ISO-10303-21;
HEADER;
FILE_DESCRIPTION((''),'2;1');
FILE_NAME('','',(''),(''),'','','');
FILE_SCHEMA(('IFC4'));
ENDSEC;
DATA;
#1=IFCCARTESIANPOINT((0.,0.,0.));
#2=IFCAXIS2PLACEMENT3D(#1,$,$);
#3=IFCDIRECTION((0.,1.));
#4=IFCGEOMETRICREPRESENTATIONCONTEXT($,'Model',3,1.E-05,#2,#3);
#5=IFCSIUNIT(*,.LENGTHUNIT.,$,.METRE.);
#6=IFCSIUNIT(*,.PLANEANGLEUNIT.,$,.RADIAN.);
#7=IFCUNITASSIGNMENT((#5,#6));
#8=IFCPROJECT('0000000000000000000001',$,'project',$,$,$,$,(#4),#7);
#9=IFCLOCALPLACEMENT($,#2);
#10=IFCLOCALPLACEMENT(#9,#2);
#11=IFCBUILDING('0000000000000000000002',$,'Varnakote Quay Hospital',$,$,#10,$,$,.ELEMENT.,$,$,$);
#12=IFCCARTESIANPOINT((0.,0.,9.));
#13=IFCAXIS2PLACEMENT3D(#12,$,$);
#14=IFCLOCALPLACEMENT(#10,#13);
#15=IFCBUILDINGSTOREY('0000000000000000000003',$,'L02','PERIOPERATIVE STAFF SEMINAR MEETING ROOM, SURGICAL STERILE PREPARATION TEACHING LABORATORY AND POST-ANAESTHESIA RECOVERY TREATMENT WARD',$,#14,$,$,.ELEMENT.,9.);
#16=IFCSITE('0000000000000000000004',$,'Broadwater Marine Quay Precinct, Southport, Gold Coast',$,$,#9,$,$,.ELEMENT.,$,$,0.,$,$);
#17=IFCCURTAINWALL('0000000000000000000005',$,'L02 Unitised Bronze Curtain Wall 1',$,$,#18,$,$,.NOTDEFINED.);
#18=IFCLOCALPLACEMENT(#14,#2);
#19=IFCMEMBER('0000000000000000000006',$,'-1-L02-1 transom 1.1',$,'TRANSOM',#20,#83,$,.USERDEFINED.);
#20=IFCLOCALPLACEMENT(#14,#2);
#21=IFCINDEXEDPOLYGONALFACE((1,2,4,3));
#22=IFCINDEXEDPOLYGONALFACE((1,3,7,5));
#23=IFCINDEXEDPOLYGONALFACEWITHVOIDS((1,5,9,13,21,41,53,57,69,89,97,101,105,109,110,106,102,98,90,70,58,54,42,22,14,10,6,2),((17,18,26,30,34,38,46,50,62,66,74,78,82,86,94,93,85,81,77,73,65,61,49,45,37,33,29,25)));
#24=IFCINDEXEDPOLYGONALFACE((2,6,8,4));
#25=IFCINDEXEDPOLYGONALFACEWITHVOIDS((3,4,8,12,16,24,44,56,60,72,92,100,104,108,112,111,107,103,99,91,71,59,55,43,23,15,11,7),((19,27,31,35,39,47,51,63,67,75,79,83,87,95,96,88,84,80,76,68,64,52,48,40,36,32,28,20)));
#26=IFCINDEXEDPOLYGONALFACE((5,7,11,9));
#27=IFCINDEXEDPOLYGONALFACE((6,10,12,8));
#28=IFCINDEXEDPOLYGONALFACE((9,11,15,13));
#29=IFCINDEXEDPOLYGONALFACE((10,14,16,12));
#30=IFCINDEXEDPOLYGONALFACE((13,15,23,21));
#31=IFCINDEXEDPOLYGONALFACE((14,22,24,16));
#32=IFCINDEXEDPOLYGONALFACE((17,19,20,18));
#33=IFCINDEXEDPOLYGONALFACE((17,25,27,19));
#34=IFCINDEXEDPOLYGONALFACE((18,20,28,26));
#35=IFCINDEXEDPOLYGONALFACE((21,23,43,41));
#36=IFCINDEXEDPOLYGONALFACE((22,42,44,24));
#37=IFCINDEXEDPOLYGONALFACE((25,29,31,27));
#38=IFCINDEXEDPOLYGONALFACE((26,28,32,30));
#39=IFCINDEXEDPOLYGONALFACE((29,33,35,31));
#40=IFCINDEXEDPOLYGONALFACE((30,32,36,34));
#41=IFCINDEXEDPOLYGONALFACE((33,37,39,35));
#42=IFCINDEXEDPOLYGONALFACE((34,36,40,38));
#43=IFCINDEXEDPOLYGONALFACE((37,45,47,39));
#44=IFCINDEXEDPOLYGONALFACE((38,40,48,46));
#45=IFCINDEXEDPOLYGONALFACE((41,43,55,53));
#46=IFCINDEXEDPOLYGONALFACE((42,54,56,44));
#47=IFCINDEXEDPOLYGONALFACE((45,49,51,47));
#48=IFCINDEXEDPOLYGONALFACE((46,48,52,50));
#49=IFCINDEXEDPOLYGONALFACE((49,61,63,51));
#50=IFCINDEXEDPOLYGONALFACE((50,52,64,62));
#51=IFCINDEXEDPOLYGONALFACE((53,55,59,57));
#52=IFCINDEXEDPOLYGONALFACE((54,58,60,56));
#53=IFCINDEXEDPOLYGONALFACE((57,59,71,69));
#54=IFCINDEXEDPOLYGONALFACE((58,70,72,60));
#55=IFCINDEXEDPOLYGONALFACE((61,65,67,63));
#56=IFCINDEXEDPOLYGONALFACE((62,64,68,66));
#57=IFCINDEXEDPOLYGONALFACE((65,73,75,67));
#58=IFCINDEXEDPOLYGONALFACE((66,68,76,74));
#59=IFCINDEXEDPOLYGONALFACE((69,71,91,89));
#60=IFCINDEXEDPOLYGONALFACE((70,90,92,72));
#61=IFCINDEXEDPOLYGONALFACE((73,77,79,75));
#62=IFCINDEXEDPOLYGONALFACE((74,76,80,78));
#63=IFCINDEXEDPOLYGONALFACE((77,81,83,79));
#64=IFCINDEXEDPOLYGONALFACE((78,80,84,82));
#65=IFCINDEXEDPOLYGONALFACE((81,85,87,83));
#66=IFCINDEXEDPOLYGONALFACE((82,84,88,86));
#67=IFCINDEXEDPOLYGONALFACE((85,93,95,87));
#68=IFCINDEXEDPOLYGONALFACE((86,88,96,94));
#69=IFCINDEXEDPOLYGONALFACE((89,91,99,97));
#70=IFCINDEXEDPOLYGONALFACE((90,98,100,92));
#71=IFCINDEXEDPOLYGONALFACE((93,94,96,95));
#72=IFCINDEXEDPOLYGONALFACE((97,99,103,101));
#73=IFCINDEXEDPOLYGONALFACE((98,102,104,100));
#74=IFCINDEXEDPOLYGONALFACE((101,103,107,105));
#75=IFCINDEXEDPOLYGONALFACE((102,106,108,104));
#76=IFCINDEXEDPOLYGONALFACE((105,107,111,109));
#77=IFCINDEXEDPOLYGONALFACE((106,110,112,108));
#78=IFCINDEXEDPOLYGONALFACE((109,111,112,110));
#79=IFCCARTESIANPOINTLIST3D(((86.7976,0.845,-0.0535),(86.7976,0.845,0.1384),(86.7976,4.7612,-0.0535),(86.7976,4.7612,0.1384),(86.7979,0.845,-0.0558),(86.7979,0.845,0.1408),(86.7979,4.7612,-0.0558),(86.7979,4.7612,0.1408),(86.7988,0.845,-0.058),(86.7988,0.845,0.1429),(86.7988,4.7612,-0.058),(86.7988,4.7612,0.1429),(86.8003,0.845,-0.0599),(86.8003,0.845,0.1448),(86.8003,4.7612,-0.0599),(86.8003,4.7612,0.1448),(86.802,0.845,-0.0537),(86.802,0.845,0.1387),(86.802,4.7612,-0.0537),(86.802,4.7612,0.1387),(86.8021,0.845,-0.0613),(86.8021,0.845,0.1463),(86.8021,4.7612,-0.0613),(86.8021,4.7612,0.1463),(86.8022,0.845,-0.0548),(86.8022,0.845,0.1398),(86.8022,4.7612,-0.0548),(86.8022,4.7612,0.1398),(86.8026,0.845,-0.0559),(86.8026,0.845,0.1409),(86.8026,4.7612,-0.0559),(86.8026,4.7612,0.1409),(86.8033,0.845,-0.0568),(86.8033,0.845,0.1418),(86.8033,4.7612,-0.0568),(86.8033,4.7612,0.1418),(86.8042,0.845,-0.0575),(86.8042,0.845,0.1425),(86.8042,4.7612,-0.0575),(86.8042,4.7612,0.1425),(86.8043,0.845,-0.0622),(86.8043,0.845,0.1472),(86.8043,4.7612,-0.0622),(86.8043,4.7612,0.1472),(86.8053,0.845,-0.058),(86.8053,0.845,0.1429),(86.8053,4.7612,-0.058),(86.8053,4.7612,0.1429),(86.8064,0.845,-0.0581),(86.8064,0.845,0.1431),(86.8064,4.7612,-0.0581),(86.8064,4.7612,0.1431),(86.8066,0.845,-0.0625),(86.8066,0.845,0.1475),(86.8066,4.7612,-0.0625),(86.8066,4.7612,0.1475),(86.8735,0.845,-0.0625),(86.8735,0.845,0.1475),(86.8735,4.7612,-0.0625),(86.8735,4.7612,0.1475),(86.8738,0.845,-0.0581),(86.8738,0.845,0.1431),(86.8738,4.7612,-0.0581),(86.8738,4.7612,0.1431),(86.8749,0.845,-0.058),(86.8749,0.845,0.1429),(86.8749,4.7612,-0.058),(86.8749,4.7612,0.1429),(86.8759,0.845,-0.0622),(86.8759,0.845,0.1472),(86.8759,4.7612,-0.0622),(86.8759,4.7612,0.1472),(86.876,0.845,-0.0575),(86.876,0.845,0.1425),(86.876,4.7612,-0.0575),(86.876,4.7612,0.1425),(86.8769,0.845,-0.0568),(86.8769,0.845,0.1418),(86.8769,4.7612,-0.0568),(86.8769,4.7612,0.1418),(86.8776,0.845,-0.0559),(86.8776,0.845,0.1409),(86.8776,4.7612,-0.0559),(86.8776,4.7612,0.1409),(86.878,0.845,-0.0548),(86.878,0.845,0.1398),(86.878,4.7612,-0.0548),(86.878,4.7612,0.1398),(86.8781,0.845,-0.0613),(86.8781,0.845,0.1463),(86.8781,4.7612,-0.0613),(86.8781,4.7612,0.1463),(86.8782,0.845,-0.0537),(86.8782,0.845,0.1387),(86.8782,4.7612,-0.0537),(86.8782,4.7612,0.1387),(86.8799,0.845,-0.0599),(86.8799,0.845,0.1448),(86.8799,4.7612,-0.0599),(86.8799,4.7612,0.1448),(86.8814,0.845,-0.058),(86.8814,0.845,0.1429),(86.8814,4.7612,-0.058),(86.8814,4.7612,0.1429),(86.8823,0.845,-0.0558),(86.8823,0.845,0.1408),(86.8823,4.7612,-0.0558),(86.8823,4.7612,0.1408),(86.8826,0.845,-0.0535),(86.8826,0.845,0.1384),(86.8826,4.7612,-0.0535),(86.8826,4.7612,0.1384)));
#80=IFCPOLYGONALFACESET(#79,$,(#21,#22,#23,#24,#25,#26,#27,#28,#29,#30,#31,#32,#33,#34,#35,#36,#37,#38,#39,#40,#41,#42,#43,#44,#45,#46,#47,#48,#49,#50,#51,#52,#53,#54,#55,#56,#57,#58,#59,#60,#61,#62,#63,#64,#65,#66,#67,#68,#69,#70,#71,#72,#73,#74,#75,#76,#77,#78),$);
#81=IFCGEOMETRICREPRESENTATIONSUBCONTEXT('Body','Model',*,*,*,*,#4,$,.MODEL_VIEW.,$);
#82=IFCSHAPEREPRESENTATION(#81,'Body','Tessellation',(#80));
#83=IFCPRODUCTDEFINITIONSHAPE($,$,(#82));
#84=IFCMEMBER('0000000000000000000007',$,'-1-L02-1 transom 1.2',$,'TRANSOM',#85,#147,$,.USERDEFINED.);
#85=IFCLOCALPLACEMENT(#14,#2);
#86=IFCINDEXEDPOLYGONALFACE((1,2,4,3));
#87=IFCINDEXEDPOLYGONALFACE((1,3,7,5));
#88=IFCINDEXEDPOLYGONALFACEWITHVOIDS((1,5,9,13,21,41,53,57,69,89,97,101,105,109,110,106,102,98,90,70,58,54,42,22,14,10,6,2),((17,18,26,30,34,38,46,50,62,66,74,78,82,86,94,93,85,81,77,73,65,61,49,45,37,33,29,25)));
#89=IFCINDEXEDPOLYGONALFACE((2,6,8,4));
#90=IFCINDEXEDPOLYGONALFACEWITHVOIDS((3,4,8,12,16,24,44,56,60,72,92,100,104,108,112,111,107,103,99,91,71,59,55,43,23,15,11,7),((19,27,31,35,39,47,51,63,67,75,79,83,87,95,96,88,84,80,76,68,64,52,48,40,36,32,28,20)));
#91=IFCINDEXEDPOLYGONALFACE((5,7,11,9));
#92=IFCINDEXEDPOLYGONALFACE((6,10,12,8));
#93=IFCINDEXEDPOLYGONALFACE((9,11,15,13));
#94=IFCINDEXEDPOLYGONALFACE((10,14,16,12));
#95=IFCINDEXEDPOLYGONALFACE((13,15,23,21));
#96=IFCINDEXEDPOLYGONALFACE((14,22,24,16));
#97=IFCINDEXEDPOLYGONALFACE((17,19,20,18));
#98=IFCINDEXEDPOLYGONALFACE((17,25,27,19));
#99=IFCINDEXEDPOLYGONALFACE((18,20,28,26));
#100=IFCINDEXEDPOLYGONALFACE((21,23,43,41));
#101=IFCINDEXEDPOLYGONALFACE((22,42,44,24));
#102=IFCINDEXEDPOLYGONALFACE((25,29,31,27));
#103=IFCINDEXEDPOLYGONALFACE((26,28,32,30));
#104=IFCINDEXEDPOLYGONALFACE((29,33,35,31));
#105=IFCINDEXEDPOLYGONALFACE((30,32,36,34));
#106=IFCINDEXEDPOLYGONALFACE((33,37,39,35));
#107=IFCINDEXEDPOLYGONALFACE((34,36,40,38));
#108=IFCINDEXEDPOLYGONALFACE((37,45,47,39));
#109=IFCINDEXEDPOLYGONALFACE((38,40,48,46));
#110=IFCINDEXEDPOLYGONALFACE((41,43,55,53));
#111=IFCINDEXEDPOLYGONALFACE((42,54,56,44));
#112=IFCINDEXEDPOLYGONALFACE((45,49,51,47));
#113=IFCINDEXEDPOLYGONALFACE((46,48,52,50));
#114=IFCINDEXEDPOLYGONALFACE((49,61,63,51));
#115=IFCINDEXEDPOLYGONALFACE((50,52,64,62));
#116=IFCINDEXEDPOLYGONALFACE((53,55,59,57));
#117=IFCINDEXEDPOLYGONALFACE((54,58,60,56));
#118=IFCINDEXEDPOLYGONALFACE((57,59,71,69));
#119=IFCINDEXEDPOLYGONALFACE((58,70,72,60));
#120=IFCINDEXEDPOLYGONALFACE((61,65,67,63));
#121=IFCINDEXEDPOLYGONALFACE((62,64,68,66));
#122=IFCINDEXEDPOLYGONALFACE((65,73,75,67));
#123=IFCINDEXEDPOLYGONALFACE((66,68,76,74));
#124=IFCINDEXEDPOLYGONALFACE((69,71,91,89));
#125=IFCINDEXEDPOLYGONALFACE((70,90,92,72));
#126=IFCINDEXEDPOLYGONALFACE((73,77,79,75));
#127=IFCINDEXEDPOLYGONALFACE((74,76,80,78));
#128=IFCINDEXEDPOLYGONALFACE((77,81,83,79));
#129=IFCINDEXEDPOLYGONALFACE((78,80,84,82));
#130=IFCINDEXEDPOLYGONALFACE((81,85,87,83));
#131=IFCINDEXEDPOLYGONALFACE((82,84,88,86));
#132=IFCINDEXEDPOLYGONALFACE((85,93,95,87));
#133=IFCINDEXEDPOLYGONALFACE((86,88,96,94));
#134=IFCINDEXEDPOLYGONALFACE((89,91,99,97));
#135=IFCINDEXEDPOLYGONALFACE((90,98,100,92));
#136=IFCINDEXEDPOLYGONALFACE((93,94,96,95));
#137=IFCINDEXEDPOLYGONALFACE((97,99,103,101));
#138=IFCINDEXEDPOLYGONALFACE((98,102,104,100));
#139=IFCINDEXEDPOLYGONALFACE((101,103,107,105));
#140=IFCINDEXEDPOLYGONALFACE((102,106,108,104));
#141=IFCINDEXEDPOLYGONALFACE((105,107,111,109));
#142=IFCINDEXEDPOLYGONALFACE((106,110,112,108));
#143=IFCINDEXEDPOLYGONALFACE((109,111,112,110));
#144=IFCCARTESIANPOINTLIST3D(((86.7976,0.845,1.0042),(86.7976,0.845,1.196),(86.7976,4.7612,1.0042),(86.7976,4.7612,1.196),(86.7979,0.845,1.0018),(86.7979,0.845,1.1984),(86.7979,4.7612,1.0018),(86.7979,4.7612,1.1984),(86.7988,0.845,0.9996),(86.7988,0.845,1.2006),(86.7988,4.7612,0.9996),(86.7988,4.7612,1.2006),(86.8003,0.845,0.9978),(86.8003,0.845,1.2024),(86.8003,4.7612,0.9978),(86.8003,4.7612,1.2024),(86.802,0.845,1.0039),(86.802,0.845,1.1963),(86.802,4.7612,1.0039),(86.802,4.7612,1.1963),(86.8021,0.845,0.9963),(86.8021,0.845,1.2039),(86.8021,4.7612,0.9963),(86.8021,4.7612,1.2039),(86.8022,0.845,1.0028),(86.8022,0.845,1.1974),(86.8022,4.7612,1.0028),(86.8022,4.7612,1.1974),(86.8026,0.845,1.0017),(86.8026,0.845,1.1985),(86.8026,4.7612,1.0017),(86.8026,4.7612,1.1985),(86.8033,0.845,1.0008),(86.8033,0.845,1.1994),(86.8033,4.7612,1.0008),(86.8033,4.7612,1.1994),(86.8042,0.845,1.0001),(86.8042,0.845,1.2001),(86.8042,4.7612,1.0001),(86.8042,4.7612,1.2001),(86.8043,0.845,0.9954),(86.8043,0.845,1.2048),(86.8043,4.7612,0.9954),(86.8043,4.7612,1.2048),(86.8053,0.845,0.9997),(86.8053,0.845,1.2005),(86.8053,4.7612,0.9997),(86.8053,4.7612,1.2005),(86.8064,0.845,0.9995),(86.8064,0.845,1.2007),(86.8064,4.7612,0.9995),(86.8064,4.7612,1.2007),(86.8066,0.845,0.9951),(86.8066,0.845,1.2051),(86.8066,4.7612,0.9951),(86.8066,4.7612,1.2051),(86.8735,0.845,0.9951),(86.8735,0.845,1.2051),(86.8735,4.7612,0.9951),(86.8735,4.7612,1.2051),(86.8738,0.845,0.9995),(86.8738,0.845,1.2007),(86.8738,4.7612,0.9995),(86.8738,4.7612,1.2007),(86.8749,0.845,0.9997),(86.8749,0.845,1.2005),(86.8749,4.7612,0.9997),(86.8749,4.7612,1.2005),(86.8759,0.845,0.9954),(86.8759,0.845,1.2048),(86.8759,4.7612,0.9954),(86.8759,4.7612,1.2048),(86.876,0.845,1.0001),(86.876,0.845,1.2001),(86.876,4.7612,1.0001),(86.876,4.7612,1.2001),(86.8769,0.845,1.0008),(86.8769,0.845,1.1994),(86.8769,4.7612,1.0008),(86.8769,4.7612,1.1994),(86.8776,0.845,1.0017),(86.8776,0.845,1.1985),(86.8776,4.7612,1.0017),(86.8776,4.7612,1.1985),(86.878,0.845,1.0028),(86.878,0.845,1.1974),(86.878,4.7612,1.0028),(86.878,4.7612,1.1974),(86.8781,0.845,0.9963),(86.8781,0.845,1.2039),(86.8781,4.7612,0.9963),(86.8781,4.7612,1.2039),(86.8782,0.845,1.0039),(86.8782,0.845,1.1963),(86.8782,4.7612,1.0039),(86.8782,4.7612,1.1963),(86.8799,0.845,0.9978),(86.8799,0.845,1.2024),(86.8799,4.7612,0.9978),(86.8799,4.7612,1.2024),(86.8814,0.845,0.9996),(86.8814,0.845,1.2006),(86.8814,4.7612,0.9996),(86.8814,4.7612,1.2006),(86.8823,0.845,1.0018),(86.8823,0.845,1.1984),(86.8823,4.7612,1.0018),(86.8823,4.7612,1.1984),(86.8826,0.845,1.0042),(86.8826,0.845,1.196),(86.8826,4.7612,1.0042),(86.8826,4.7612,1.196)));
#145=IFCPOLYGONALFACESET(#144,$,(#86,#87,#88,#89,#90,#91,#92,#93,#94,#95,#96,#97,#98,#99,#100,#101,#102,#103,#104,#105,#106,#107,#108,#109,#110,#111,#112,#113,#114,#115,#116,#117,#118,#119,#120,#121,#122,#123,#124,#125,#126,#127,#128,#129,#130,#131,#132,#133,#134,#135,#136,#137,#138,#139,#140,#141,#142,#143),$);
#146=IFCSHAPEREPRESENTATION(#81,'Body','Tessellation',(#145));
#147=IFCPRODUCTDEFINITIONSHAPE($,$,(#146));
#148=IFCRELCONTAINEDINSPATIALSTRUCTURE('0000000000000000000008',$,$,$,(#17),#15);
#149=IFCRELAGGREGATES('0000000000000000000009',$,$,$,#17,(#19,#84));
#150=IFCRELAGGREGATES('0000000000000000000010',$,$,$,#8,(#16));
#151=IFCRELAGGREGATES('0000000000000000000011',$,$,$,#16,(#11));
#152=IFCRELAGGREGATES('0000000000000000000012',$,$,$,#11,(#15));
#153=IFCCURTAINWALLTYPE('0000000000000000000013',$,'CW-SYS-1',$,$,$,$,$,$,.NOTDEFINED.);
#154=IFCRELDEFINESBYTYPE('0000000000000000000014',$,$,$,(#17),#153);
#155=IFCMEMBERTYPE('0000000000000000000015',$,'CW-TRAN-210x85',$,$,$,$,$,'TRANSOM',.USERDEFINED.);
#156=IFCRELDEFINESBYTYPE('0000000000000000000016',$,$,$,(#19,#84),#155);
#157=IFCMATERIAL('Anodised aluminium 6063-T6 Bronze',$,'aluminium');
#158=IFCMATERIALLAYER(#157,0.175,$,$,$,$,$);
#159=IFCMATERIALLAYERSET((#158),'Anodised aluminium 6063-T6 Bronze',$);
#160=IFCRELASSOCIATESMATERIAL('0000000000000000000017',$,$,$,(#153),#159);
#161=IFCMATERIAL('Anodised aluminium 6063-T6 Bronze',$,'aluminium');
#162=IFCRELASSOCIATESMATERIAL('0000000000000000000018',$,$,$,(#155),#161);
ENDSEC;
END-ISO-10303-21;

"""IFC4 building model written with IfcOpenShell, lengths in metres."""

from ifc_helpers import new_model, si_unit, direction, frame, origin, origin_2d, place, context, subcontext, project, spatial, hollow_rectangle, extrude, material, layer, layer_set, material_profile, profile_set, type_object, element, aggregate, save


model = new_model("IFC4")

# Units and contexts
model_context = context("Model", 3, precision=1e-05, world=origin(), true_north=direction((0.0, 1.0)))
body_context = subcontext(model_context, "Body", "Model", "MODEL_VIEW")
ifc_project = project(units=[si_unit("LENGTHUNIT", "METRE"), si_unit("PLANEANGLEUNIT", "RADIAN")], contexts=[model_context])

# Site, building, storey
site_placement = place(None, origin())
site = spatial("IfcSite", under=ifc_project, at=site_placement, Name="Broadwater Marine Quay Precinct, Southport, Gold Coast", CompositionType="ELEMENT", RefElevation=0.0)
building_placement = place(site_placement, origin())
building = spatial("IfcBuilding", under=site, at=building_placement, Name="Varnakote Quay Hospital", CompositionType="ELEMENT")
storey_placement = place(building_placement, frame((0.0, 0.0, 9.0)))
storey = spatial("IfcBuildingStorey", under=building, at=storey_placement, Name="L02", Description="PERIOPERATIVE STAFF SEMINAR MEETING ROOM, SURGICAL STERILE PREPARATION TEACHING LABORATORY AND POST-ANAESTHESIA RECOVERY TREATMENT WARD", CompositionType="ELEMENT", Elevation=9.0)

# Curtain wall, members
ifc_material_1 = material(Name="Anodised aluminium 6063-T6 Bronze", Category="aluminium")
ifc_layer_1 = layer(ifc_material_1, 0.175)
ifc_layer_set_1 = layer_set([ifc_layer_1], Name="Anodised aluminium 6063-T6 Bronze")
curtain_wall_type = type_object("IfcCurtainWallType", Name="CW-SYS-1", PredefinedType="NOTDEFINED", material=ifc_layer_set_1)
curtain_wall_placement = place(storey_placement, origin())
curtain_wall = element("IfcCurtainWall", 1, at=curtain_wall_placement, inside=storey, type_object=curtain_wall_type, Name="L02 Unitised Bronze Curtain Wall 1", PredefinedType="NOTDEFINED")
ifc_material_2 = material(Name="Anodised aluminium 6063-T6 Bronze", Category="aluminium")
ifc_material_profile_1 = material_profile(ifc_material_2, hollow_rectangle(XDim=0.085, YDim=0.21, WallThickness=0.0044, InnerFilletRadius=0.0044, OuterFilletRadius=0.009, at=origin_2d()), Name="CW-TRAN-210x85")
ifc_profile_set_1 = profile_set([ifc_material_profile_1], Name="Anodised aluminium 6063-T6 Bronze")
member_type_1 = type_object("IfcMemberType", Name="CW-TRAN-210x85", ElementType="TRANSOM", PredefinedType="USERDEFINED", material=ifc_profile_set_1)
member_1_placement = place(storey_placement, frame((86.8401, 0.845, 0.0425), z_axis=(0.0, 1.0, 0.0), x_axis=(-1.0, 0.0, 0.0)))
member_1 = element("IfcMember", 2, at=member_1_placement, type_object=member_type_1, Name="-1-L02-1 transom 1.1", ObjectType="TRANSOM", PredefinedType="USERDEFINED", context=body_context, shape_type="SweptSolid", body=[
    extrude(hollow_rectangle(XDim=0.085, YDim=0.21, WallThickness=0.0044, InnerFilletRadius=0.0044, OuterFilletRadius=0.009, at=origin_2d()), origin(), (0.0, 0.0, 1.0), 3.9163),
])
member_2_placement = place(storey_placement, frame((86.8401, 0.845, 1.1001), z_axis=(0.0, 1.0, 0.0), x_axis=(-1.0, 0.0, 0.0)))
member_2 = element("IfcMember", 3, at=member_2_placement, type_object=member_type_1, Name="-1-L02-1 transom 1.2", ObjectType="TRANSOM", PredefinedType="USERDEFINED", context=body_context, shape_type="SweptSolid", body=[
    extrude(hollow_rectangle(XDim=0.085, YDim=0.21, WallThickness=0.0044, InnerFilletRadius=0.0044, OuterFilletRadius=0.009, at=origin_2d()), origin(), (0.0, 0.0, 1.0), 3.9163),
])
aggregate(curtain_wall, [member_1, member_2])

save(model, "model.ifc")
